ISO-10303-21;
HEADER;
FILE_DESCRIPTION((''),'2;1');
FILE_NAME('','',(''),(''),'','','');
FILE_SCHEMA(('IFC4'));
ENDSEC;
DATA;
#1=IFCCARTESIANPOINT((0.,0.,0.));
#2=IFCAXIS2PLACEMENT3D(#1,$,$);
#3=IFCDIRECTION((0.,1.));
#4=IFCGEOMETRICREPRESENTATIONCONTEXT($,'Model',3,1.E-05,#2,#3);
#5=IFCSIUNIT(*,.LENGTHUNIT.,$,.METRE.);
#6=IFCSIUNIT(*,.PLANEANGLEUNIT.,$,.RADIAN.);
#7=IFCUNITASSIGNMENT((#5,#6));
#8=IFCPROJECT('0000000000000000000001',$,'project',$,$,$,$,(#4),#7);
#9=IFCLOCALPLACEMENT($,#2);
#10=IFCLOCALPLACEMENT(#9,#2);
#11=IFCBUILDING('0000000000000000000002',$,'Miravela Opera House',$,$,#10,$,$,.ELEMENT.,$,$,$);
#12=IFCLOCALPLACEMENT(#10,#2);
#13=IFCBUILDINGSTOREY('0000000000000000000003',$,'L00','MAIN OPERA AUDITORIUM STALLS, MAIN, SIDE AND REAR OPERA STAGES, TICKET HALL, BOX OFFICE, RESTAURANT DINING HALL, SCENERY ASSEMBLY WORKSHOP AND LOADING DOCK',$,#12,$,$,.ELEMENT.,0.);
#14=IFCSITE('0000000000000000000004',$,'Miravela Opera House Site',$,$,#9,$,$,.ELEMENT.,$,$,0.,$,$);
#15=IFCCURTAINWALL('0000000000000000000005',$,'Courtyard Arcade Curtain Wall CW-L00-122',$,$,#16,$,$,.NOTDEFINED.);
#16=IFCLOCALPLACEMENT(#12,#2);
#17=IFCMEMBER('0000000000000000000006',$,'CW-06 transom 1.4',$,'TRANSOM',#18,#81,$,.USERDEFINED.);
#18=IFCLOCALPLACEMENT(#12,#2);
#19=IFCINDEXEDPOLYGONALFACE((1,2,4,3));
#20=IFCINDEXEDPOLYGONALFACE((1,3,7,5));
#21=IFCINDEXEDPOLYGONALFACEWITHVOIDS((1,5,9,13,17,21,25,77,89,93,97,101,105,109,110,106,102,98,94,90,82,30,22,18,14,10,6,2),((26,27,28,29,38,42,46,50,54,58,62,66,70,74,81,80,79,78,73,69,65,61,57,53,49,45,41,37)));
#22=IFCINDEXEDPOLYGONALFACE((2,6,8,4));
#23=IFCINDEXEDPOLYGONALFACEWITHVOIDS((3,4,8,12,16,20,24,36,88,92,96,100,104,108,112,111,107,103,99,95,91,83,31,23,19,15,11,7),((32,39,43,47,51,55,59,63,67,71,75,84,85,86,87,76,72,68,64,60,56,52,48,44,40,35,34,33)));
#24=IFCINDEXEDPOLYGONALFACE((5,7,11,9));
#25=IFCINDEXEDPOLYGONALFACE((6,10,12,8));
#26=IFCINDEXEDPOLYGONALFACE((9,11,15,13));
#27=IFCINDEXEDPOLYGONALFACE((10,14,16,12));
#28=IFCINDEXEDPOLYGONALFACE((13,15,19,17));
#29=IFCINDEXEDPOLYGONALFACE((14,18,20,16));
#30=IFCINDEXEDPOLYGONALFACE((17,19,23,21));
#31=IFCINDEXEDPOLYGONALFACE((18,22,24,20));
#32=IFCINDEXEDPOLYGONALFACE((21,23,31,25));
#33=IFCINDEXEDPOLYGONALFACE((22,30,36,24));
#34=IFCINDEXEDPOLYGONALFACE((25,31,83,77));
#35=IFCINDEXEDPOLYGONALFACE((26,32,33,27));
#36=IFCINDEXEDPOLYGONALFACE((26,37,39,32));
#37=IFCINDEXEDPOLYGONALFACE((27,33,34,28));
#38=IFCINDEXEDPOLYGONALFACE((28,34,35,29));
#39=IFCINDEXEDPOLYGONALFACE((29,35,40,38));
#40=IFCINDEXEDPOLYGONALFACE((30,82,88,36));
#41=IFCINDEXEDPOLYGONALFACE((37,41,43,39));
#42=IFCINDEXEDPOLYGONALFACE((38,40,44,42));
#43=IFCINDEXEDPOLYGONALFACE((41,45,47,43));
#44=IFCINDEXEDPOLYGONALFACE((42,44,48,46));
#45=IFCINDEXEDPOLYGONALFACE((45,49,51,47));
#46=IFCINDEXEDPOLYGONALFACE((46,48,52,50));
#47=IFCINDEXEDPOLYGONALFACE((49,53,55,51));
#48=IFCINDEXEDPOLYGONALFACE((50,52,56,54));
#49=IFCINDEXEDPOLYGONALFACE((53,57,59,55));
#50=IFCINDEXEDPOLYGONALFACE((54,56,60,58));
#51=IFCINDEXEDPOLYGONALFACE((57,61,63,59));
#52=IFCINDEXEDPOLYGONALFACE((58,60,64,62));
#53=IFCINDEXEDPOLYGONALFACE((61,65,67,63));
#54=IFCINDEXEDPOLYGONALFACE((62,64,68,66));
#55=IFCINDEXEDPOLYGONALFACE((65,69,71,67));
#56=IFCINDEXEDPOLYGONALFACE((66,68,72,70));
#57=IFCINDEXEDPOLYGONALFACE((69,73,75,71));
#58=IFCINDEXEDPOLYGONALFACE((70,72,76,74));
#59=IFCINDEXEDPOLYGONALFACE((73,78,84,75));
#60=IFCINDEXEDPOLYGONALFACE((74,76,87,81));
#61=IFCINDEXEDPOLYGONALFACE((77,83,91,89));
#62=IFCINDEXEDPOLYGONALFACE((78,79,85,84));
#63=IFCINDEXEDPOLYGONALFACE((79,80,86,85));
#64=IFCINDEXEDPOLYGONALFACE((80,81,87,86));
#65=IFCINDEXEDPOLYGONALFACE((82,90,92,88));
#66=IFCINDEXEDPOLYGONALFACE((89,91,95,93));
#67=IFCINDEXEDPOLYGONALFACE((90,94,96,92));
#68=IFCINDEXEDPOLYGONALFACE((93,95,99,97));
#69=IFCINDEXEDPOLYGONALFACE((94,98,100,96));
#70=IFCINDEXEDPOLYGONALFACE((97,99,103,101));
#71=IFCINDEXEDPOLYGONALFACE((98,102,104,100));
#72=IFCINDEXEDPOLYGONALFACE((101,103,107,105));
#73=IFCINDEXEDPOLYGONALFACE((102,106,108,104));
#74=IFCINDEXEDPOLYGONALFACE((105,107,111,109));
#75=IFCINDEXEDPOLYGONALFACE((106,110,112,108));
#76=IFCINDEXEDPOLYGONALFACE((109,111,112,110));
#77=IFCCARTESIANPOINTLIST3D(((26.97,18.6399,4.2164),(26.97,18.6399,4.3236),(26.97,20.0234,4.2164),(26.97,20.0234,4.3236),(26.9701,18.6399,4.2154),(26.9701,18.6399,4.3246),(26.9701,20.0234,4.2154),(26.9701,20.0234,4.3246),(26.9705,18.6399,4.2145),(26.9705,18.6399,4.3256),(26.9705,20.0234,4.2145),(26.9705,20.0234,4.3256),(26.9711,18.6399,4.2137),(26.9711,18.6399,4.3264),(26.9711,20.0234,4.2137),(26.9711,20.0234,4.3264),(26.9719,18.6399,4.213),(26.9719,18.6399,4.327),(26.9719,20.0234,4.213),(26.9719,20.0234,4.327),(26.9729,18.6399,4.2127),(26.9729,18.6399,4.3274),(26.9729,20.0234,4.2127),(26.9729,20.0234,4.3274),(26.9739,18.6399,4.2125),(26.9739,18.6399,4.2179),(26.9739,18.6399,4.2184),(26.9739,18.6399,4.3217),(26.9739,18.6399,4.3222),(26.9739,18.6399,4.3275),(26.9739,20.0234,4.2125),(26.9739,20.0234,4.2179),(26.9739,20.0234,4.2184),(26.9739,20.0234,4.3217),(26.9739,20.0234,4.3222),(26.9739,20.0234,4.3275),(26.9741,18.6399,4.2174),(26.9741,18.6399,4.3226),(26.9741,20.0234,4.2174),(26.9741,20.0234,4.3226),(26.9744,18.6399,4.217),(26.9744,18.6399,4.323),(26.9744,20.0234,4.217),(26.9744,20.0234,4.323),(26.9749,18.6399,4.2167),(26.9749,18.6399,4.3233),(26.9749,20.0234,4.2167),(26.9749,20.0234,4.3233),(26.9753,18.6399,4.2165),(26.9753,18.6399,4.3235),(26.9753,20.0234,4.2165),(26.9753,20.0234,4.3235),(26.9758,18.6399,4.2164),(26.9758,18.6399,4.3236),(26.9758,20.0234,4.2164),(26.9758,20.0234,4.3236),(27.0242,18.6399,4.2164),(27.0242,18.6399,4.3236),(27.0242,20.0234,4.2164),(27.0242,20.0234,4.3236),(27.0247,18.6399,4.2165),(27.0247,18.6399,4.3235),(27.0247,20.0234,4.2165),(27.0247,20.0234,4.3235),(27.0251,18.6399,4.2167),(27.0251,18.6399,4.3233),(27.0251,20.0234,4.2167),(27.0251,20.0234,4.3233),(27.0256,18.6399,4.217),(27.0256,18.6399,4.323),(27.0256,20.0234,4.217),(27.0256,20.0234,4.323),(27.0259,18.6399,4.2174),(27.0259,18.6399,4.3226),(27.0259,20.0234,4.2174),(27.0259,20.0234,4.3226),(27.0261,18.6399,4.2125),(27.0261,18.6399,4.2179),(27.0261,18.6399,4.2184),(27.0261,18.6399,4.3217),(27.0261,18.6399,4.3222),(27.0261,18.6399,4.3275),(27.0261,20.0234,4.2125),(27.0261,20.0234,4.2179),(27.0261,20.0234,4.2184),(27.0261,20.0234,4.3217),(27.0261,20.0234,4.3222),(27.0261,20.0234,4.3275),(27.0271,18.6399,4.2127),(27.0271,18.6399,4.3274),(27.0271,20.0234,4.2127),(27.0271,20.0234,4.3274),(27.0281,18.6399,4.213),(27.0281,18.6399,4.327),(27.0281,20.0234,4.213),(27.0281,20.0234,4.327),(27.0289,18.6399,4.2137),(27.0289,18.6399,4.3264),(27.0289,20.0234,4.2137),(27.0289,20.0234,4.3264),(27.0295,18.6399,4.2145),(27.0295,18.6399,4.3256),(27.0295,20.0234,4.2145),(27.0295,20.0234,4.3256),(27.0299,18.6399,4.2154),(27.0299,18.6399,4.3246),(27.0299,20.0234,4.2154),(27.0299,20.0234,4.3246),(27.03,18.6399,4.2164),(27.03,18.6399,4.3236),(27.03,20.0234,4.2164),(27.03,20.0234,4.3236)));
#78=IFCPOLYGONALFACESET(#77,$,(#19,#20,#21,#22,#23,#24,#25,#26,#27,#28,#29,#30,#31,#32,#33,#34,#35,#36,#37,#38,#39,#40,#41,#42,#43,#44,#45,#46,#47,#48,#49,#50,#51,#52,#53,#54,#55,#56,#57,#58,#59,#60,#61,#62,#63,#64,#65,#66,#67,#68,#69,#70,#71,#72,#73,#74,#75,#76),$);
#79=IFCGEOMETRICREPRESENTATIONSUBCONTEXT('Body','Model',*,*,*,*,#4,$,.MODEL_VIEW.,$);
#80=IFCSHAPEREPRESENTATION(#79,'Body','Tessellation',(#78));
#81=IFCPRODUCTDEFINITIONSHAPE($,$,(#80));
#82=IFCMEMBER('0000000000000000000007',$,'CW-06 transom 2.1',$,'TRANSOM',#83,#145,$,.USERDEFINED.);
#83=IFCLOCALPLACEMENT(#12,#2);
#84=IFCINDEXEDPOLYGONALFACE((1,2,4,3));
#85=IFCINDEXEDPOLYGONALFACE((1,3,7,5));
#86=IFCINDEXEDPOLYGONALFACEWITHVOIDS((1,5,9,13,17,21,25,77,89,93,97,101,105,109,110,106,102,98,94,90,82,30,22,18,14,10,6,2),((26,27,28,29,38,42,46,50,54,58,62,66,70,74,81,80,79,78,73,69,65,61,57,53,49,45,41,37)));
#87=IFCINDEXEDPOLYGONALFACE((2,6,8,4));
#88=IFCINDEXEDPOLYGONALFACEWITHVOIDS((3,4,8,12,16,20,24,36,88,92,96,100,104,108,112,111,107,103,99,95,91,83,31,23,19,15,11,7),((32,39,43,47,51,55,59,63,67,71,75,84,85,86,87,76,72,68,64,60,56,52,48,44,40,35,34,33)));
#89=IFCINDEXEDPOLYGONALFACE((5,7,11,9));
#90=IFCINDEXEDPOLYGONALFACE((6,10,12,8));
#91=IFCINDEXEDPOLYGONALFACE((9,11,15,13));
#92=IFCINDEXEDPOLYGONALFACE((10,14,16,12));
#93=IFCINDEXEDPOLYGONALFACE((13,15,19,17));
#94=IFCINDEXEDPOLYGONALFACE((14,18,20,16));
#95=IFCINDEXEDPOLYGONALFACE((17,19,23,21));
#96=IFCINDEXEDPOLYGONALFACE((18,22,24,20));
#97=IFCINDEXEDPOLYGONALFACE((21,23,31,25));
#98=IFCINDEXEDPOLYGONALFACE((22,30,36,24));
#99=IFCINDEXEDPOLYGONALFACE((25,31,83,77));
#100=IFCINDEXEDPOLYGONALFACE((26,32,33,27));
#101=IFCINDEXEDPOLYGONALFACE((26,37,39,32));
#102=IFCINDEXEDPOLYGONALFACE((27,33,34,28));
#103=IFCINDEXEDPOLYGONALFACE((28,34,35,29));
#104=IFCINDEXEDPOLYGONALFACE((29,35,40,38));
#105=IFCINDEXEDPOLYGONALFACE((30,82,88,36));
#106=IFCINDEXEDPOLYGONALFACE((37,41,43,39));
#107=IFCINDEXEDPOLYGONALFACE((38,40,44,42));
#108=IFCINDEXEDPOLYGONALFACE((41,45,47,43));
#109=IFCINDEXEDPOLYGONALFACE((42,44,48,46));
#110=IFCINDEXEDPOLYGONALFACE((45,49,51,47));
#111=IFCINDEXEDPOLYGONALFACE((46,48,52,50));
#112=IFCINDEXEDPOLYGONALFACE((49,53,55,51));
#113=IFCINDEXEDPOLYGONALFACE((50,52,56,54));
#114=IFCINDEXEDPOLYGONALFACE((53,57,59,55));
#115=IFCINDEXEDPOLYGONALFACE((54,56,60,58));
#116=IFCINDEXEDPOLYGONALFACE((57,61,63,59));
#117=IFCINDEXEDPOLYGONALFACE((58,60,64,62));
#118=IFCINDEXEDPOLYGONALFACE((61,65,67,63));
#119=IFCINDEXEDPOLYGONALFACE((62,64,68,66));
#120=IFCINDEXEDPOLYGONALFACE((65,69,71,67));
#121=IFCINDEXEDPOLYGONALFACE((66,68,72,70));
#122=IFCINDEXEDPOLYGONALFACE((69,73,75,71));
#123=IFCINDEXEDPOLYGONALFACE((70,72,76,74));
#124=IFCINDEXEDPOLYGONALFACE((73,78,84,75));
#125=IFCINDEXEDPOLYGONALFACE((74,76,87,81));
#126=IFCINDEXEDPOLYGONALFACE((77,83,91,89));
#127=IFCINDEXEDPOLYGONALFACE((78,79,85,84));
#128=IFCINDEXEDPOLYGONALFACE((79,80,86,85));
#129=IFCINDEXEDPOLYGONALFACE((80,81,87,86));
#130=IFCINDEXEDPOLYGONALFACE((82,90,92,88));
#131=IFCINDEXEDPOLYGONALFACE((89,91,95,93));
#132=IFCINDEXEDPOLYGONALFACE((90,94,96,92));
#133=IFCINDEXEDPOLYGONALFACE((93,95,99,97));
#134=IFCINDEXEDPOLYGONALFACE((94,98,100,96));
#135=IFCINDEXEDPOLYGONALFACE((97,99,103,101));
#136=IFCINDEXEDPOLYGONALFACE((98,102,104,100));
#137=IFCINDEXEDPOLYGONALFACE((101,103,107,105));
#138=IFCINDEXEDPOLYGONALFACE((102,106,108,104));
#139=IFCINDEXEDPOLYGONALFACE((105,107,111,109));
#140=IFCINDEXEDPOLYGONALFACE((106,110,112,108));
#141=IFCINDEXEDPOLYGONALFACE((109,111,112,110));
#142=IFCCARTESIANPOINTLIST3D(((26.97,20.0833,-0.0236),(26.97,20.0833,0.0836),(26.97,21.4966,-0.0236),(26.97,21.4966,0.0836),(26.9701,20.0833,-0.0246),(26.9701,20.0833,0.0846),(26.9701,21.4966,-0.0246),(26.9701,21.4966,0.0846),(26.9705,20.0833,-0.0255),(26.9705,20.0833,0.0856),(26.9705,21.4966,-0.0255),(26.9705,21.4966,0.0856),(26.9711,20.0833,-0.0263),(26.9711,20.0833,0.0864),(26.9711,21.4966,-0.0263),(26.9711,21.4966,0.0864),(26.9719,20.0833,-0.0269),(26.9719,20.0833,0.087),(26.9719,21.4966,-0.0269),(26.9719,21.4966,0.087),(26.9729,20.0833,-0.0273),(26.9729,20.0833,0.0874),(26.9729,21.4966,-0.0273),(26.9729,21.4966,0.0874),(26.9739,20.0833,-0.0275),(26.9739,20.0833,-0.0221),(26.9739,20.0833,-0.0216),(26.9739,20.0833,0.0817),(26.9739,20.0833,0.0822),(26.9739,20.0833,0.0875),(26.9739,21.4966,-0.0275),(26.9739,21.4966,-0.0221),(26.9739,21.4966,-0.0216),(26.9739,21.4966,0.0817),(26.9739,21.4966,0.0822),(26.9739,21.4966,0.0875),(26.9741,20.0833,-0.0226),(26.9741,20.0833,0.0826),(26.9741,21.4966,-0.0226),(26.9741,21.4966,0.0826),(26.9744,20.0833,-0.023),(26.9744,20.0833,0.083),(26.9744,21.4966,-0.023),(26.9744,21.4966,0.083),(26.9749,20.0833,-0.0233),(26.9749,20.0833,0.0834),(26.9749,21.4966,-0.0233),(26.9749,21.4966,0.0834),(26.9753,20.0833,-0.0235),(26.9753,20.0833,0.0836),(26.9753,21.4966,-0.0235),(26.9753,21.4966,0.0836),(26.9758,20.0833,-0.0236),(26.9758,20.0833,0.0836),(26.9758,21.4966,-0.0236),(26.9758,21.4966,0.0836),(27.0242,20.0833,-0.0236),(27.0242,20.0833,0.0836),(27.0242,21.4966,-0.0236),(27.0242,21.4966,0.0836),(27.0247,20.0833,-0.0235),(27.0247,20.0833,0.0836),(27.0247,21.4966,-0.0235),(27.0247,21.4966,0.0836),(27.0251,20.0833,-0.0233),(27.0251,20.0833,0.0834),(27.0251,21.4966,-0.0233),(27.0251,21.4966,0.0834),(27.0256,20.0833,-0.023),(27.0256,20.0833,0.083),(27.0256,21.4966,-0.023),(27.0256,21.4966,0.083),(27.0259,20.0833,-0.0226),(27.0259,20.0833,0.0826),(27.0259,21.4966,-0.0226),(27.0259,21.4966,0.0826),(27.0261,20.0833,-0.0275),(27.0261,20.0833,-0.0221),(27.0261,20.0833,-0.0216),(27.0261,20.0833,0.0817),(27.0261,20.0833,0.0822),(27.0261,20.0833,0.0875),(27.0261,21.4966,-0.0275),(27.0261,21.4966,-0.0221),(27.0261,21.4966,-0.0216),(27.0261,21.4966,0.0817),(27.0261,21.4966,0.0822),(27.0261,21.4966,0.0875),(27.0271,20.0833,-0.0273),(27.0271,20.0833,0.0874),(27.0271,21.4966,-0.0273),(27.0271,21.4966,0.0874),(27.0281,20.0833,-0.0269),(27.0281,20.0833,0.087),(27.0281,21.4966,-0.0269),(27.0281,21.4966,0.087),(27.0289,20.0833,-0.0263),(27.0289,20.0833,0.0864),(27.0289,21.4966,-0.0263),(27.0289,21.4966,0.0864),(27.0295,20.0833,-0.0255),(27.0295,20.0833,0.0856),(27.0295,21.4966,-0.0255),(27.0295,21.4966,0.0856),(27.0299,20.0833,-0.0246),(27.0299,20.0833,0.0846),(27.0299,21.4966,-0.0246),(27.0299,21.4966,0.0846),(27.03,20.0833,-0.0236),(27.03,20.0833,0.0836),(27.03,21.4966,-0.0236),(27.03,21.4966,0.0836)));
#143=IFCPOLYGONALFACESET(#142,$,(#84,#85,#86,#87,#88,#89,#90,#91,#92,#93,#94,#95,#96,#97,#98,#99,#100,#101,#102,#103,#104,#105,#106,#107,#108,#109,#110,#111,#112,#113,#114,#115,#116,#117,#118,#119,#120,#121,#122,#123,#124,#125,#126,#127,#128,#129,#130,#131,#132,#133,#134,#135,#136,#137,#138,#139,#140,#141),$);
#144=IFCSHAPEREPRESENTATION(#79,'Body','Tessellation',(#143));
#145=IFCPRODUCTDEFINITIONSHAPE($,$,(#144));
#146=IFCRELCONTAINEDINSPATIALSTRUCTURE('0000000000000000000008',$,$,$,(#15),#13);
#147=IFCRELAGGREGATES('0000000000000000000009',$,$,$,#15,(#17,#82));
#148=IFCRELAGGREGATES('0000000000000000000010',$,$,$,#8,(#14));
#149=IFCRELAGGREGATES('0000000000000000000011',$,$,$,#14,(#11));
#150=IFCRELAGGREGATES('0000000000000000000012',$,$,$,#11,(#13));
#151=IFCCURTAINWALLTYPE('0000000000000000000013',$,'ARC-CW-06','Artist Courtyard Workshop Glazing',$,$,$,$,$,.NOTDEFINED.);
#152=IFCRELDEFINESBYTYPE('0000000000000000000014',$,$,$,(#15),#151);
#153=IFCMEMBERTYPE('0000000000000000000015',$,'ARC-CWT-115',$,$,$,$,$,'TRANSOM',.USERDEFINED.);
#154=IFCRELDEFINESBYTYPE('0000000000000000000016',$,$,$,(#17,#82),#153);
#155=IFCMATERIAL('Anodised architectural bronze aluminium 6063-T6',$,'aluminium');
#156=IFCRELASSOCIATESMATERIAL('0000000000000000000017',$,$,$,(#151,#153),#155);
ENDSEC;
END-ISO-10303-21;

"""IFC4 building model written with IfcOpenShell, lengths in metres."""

from ifc_helpers import new_model, si_unit, direction, frame, origin, origin_2d, place, context, subcontext, project, spatial, hollow_rectangle, extrude, material, material_profile, profile_set, type_object, element, aggregate, save


model = new_model("IFC4")

# Units and contexts
model_context = context("Model", 3, precision=1e-05, world=origin(), true_north=direction((0.0, 1.0)))
body_context = subcontext(model_context, "Body", "Model", "MODEL_VIEW")
ifc_project = project(units=[si_unit("LENGTHUNIT", "METRE"), si_unit("PLANEANGLEUNIT", "RADIAN")], contexts=[model_context])

# Site, building, storey
site_placement = place(None, origin())
site = spatial("IfcSite", under=ifc_project, at=site_placement, Name="Miravela Opera House Site", CompositionType="ELEMENT", RefElevation=0.0)
building_placement = place(site_placement, origin())
building = spatial("IfcBuilding", under=site, at=building_placement, Name="Miravela Opera House", CompositionType="ELEMENT")
storey_placement = place(building_placement, origin())
storey = spatial("IfcBuildingStorey", under=building, at=storey_placement, Name="L00", Description="MAIN OPERA AUDITORIUM STALLS, MAIN, SIDE AND REAR OPERA STAGES, TICKET HALL, BOX OFFICE, RESTAURANT DINING HALL, SCENERY ASSEMBLY WORKSHOP AND LOADING DOCK", CompositionType="ELEMENT", Elevation=0.0)

# Shared definitions
ifc_material_1 = material(Name="Anodised architectural bronze aluminium 6063-T6", Category="aluminium")
curtain_wall_type = type_object("IfcCurtainWallType", Name="ARC-CW-06", Description="Artist Courtyard Workshop Glazing", PredefinedType="NOTDEFINED", material=ifc_material_1)

# Curtain wall
curtain_wall_1_placement = place(storey_placement, origin())
curtain_wall_1 = element("IfcCurtainWall", 1, at=curtain_wall_1_placement, inside=storey, type_object=curtain_wall_type, Name="Courtyard Arcade Curtain Wall CW-L00-122", PredefinedType="NOTDEFINED")

# Members
ifc_material_profile_1 = material_profile(ifc_material_1, hollow_rectangle(XDim=0.0601, YDim=0.115, WallThickness=0.0039, InnerFilletRadius=0.002, OuterFilletRadius=0.0039, at=origin_2d()), Name="CWT-60X115")
ifc_profile_set_1 = profile_set([ifc_material_profile_1])
member_type_1 = type_object("IfcMemberType", Name="ARC-CWT-115", ElementType="TRANSOM", PredefinedType="USERDEFINED", material=ifc_profile_set_1)
member_1_placement = place(storey_placement, frame((27.0, 18.6399, 4.27), z_axis=(0.0, 1.0, 0.0), x_axis=(-1.0, 0.0, 0.0)))
member_1 = element("IfcMember", 2, at=member_1_placement, type_object=member_type_1, Name="CW-06 transom 1.4", ObjectType="TRANSOM", PredefinedType="USERDEFINED", context=body_context, shape_type="SweptSolid", body=[
    extrude(hollow_rectangle(XDim=0.0601, YDim=0.115, WallThickness=0.0039, InnerFilletRadius=0.002, OuterFilletRadius=0.0039, at=origin_2d()), origin(), (0.0, 0.0, 1.0), 1.3835),
])
member_2_placement = place(storey_placement, frame((27.0, 20.0833, 0.03), z_axis=(0.0, 1.0, 0.0), x_axis=(-1.0, 0.0, 0.0)))
member_2 = element("IfcMember", 3, at=member_2_placement, type_object=member_type_1, Name="CW-06 transom 2.1", ObjectType="TRANSOM", PredefinedType="USERDEFINED", context=body_context, shape_type="SweptSolid", body=[
    extrude(hollow_rectangle(XDim=0.0601, YDim=0.115, WallThickness=0.0039, InnerFilletRadius=0.002, OuterFilletRadius=0.0039, at=origin_2d()), origin(), (0.0, 0.0, 1.0), 1.4133),
])

aggregate(curtain_wall_1, [member_1, member_2])

save(model, "model.ifc")
